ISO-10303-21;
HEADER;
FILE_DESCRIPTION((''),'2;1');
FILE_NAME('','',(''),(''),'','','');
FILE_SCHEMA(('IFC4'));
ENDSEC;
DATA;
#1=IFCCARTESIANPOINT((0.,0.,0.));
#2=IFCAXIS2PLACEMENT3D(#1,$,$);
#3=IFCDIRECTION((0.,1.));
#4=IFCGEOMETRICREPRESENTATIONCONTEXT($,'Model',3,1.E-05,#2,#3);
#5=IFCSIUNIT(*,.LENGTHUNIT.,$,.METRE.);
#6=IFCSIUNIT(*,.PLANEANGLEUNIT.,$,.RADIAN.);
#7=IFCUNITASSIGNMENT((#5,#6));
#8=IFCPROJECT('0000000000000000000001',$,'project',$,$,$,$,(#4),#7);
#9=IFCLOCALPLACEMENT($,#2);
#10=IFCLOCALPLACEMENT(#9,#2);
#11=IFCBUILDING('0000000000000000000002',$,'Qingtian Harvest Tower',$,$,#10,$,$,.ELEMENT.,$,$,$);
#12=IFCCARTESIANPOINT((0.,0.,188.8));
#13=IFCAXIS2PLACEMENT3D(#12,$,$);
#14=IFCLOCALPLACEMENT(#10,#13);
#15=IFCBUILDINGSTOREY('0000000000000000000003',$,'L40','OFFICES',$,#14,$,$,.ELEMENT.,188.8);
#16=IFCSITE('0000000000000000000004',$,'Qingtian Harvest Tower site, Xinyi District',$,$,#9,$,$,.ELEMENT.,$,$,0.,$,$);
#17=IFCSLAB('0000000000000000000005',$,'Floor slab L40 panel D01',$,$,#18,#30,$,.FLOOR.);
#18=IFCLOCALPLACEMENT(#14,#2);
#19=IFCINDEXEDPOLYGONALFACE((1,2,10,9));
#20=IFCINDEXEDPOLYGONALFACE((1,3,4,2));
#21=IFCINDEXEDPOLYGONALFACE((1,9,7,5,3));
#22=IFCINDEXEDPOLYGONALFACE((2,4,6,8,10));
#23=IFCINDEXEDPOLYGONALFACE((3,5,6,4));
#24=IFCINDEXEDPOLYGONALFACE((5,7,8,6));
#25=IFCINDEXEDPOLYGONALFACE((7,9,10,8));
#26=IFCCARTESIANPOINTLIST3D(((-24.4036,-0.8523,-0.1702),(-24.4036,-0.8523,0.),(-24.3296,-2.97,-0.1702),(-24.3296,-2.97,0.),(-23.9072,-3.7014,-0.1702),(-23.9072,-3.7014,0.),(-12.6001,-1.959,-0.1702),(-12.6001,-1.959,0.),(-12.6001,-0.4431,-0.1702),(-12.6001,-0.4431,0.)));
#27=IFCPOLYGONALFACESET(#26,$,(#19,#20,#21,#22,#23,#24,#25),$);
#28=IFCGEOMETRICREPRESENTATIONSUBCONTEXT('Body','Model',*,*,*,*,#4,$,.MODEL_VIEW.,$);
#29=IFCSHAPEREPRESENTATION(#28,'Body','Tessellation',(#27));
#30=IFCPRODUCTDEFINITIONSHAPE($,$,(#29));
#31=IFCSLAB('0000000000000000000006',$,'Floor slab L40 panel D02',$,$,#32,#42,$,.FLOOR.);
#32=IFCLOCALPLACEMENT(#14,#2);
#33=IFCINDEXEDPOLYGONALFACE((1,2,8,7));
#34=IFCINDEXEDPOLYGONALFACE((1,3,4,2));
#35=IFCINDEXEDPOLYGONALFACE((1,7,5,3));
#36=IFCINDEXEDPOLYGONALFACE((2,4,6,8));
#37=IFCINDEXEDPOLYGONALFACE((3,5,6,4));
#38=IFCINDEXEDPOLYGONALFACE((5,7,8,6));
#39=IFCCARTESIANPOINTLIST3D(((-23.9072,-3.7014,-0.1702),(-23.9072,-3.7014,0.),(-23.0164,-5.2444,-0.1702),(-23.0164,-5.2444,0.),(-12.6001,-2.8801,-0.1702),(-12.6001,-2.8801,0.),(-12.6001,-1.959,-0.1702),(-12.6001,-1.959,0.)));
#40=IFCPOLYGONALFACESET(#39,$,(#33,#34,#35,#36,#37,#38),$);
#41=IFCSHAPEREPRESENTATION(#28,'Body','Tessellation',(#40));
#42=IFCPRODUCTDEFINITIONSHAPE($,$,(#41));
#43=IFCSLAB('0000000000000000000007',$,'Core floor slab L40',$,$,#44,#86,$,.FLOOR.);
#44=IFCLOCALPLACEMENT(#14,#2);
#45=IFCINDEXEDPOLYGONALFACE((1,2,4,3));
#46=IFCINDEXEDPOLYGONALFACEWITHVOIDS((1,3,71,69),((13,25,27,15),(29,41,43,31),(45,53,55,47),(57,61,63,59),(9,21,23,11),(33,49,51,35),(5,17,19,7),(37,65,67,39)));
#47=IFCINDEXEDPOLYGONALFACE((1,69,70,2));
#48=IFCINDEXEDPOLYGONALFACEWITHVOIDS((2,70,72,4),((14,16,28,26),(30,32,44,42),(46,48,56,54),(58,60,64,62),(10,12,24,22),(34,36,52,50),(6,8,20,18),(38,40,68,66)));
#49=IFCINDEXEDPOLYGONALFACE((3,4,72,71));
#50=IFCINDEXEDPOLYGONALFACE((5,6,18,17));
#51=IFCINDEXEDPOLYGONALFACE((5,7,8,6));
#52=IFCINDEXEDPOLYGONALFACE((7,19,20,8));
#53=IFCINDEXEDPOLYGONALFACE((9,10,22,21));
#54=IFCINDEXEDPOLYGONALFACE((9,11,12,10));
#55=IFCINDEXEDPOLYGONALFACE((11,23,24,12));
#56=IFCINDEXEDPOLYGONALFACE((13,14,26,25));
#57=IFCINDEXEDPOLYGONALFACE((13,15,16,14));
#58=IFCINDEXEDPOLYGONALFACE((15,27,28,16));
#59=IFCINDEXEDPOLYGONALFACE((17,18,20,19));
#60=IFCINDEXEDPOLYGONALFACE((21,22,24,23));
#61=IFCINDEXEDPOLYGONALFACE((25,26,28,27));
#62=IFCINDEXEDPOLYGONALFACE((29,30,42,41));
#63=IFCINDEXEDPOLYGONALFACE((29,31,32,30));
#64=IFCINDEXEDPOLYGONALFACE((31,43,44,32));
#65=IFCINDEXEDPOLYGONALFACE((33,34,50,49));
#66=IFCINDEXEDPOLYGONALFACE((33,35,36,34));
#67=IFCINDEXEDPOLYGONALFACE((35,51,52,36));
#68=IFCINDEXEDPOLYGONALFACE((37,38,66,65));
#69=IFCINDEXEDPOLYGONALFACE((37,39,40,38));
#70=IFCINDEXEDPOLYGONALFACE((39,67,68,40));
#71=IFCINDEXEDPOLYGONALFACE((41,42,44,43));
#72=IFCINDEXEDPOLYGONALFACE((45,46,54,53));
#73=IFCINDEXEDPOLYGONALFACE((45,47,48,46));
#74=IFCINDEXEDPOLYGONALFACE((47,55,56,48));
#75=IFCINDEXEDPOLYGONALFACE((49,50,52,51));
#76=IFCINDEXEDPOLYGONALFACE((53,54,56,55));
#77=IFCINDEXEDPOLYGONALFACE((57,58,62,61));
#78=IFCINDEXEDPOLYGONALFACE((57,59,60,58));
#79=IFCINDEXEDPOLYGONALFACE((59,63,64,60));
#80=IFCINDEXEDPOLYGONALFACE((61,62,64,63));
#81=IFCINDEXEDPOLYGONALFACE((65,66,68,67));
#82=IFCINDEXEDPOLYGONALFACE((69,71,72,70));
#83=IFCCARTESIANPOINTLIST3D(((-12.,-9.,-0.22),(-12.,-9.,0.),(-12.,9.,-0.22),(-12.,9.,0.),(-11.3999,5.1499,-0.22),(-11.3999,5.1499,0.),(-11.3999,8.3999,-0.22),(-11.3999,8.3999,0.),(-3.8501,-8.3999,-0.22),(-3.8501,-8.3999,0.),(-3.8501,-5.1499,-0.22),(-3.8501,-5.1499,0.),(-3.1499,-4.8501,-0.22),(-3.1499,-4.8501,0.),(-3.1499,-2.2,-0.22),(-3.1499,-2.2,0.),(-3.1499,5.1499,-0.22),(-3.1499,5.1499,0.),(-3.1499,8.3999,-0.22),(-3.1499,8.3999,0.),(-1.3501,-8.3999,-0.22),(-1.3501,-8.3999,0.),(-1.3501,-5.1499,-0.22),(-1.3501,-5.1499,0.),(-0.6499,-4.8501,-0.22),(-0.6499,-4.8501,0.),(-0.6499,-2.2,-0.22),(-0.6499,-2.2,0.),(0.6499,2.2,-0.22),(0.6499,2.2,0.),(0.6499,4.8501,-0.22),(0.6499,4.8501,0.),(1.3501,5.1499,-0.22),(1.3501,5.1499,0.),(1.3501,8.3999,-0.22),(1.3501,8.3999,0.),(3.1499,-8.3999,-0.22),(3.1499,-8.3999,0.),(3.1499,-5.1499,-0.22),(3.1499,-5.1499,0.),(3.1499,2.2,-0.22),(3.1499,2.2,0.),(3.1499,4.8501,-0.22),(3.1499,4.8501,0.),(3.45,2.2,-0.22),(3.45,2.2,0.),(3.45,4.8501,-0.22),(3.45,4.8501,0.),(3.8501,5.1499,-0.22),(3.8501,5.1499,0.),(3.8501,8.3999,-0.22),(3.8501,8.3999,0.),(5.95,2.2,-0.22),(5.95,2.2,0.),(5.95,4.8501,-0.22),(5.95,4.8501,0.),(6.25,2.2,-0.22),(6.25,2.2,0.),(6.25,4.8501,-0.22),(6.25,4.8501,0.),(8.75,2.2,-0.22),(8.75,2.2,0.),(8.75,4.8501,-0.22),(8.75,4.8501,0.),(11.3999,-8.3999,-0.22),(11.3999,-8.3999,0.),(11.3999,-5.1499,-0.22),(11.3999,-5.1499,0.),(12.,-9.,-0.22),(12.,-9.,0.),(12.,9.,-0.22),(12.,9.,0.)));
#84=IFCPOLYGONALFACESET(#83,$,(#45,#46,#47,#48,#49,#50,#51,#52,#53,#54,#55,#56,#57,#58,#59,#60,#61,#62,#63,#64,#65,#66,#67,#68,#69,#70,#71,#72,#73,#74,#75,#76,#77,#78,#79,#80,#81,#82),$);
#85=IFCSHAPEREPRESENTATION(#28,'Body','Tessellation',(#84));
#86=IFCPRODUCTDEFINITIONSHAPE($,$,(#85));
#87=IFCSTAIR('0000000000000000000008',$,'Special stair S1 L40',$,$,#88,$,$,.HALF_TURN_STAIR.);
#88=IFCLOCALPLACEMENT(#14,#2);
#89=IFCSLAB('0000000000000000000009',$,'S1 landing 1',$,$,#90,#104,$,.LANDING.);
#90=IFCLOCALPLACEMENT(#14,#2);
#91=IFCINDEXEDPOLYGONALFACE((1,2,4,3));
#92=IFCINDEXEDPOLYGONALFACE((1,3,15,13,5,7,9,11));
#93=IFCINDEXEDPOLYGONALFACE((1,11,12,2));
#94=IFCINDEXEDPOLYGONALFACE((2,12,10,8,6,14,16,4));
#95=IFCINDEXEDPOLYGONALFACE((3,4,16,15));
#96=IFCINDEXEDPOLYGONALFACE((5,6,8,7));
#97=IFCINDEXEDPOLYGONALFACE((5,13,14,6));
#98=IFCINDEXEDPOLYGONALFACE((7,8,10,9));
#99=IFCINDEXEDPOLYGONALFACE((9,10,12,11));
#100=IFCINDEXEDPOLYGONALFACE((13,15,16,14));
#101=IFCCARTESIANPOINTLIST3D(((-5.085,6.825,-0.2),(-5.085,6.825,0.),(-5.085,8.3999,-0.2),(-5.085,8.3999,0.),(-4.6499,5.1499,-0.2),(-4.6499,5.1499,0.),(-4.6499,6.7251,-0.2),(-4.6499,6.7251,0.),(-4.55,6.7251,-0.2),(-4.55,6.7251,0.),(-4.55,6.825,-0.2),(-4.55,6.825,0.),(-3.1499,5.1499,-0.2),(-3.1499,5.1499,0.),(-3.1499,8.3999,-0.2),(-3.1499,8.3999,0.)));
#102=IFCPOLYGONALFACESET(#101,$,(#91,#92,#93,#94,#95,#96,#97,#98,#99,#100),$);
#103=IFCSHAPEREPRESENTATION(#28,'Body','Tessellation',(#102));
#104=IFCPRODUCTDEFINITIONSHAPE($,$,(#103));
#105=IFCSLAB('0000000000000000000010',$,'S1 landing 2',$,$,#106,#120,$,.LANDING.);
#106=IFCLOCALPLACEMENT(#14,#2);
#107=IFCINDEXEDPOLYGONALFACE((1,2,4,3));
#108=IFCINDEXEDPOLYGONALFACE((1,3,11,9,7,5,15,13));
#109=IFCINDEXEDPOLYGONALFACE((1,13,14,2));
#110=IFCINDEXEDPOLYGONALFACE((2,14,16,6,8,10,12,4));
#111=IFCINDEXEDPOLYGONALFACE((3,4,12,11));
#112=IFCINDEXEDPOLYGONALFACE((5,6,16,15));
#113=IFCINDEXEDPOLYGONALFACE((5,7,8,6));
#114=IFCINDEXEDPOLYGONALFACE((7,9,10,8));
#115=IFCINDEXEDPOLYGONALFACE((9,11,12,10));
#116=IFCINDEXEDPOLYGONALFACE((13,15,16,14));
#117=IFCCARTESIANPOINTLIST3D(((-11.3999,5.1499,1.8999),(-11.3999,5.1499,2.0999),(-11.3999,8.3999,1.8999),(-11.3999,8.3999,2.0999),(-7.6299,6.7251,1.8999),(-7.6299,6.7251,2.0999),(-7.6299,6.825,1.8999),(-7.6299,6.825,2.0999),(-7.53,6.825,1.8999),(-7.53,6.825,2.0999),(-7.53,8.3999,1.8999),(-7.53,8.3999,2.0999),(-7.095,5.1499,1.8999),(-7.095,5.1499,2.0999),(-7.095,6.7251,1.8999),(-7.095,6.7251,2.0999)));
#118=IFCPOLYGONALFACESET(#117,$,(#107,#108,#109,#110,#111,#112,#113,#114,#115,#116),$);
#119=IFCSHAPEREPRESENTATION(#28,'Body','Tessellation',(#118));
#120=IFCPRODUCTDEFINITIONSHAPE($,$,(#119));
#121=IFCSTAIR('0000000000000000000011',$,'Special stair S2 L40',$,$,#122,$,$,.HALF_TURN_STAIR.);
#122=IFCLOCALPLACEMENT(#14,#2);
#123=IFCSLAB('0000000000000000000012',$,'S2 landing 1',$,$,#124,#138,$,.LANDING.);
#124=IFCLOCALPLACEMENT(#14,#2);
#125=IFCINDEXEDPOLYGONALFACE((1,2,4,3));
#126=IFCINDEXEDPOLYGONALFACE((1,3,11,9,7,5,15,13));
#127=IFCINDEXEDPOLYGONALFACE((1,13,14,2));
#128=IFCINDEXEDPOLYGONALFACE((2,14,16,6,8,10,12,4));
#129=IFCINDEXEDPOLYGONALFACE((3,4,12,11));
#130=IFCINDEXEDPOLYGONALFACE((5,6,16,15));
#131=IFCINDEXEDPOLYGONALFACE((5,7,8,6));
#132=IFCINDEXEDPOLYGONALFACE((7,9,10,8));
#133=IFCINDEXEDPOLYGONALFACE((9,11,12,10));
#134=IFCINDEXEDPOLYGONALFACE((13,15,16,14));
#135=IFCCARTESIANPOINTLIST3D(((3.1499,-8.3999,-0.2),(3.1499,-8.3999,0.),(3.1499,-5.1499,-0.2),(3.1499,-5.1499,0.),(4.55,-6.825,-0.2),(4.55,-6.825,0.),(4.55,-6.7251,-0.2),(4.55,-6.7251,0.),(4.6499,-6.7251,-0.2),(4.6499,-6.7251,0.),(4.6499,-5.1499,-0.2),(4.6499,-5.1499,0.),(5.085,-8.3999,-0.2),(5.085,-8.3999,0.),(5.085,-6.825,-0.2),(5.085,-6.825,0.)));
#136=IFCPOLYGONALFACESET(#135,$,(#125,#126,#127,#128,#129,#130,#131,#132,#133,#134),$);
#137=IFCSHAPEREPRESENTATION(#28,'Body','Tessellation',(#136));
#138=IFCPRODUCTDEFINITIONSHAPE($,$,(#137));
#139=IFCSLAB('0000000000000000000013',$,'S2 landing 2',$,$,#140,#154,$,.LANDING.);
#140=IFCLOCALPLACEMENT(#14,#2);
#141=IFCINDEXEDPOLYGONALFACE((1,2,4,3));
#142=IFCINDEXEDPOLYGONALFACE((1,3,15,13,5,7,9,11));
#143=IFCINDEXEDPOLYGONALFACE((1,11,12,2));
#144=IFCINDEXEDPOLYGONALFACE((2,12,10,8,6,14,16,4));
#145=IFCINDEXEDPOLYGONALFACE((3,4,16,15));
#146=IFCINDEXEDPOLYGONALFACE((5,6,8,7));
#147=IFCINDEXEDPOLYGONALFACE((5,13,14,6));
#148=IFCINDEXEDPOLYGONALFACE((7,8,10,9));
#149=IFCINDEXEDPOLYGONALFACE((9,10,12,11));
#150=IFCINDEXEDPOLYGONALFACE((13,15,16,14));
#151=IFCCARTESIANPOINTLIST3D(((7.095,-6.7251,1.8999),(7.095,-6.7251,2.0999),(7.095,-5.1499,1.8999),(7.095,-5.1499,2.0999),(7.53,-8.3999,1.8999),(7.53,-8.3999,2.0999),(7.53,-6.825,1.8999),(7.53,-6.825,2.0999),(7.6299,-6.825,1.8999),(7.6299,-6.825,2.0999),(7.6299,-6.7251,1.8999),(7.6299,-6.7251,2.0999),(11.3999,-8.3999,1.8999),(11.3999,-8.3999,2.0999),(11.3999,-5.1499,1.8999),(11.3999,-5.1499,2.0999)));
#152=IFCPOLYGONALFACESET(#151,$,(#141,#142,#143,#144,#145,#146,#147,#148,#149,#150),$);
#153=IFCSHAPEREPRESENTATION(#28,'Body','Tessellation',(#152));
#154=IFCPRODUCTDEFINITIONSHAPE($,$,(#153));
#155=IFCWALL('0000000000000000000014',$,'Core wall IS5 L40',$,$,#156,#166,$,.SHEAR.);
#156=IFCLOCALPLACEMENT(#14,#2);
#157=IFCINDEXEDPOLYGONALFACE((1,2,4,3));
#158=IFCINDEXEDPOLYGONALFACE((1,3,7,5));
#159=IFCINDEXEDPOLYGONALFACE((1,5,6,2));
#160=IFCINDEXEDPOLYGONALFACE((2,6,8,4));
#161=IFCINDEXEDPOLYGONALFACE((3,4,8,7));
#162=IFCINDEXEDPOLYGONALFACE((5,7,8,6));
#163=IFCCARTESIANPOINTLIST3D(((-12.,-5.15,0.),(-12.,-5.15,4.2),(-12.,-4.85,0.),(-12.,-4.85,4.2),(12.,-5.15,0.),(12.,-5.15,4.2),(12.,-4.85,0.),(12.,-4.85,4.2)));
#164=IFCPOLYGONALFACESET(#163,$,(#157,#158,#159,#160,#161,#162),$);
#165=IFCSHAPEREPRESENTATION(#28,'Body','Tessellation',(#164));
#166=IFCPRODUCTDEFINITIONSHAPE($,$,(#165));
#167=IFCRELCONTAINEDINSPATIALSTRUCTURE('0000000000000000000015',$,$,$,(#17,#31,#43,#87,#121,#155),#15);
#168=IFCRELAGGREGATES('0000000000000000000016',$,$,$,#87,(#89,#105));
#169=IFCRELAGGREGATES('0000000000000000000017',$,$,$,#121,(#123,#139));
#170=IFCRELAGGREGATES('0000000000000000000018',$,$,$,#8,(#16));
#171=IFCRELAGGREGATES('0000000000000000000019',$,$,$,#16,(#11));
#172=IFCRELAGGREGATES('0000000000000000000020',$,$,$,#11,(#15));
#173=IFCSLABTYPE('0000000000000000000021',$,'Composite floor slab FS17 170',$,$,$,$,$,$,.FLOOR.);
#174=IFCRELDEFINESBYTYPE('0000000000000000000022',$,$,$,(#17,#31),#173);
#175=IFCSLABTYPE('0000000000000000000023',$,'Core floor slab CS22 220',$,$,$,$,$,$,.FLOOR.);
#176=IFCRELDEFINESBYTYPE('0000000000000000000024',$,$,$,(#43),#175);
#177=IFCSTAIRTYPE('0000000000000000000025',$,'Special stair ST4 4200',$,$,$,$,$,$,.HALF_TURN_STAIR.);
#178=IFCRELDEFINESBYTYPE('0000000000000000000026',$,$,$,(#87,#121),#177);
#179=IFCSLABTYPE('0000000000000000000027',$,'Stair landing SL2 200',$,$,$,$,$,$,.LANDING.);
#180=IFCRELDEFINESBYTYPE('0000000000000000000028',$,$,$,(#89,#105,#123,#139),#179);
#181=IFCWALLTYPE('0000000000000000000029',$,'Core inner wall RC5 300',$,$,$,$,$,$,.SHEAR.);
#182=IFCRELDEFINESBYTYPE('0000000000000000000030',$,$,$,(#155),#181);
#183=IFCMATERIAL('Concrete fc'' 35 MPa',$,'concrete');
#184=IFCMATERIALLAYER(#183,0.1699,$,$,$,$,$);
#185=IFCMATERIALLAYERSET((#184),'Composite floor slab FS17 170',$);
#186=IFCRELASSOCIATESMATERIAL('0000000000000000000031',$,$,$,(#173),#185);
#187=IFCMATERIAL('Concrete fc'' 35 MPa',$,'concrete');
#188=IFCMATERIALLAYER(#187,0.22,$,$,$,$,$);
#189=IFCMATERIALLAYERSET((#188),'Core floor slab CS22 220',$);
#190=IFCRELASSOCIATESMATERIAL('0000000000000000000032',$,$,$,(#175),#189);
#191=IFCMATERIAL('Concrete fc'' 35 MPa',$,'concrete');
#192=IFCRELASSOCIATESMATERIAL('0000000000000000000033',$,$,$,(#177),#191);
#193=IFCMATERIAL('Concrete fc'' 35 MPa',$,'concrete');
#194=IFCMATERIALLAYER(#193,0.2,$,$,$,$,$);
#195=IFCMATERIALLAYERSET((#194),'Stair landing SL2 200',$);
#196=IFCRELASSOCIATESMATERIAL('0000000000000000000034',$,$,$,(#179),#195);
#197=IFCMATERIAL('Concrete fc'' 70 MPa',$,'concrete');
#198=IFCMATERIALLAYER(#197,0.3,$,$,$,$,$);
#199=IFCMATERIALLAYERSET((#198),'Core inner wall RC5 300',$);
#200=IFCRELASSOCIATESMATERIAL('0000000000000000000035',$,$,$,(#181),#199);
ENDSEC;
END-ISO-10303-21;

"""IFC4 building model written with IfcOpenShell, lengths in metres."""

from ifc_helpers import new_model, si_unit, direction, frame, frame_2d, origin, place, context, subcontext, project, spatial, polyline, rectangle, outline, extrude, material, layer, layer_set, type_object, element, aggregate, save


model = new_model("IFC4")

# Units and contexts
model_context = context("Model", 3, precision=1e-05, world=origin(), true_north=direction((0.0, 1.0)))
body_context = subcontext(model_context, "Body", "Model", "MODEL_VIEW")
ifc_project = project(units=[si_unit("LENGTHUNIT", "METRE"), si_unit("PLANEANGLEUNIT", "RADIAN")], contexts=[model_context])

# Site, building, storey
site_placement = place(None, origin())
site = spatial("IfcSite", under=ifc_project, at=site_placement, Name="Qingtian Harvest Tower site, Xinyi District", CompositionType="ELEMENT", RefElevation=0.0)
building_placement = place(site_placement, origin())
building = spatial("IfcBuilding", under=site, at=building_placement, Name="Qingtian Harvest Tower", CompositionType="ELEMENT")
storey_placement = place(building_placement, frame((0.0, 0.0, 188.8)))
storey = spatial("IfcBuildingStorey", under=building, at=storey_placement, Name="L40", Description="OFFICES", CompositionType="ELEMENT", Elevation=188.8)

# Slabs
ifc_material_1 = material(Name="Concrete fc' 35 MPa", Category="concrete")
ifc_layer_1 = layer(ifc_material_1, 0.1699)
ifc_layer_set_1 = layer_set([ifc_layer_1], Name="Composite floor slab FS17 170")
slab_type_1 = type_object("IfcSlabType", Name="Composite floor slab FS17 170", PredefinedType="FLOOR", material=ifc_layer_set_1)
slab_1_placement = place(storey_placement, frame((0.0, 0.0, -0.1702)))
element("IfcSlab", 1, at=slab_1_placement, inside=storey, type_object=slab_type_1, Name="Floor slab L40 panel D01", PredefinedType="FLOOR", context=body_context, shape_type="SweptSolid", body=[
    extrude(outline(polyline([(-24.4036, -0.8523), (-12.6001, -0.4431), (-12.6001, -1.959), (-23.9072, -3.7014), (-24.3296, -2.97), (-24.4036, -0.8523)])), origin(), (0.0, 0.0, 1.0), 0.1702),
])
slab_2_placement = place(storey_placement, frame((0.0, 0.0, -0.1702)))
element("IfcSlab", 2, at=slab_2_placement, inside=storey, type_object=slab_type_1, Name="Floor slab L40 panel D02", PredefinedType="FLOOR", context=body_context, shape_type="SweptSolid", body=[
    extrude(outline(polyline([(-12.6001, -2.8801), (-23.0164, -5.2444), (-23.9072, -3.7014), (-12.6001, -1.959), (-12.6001, -2.8801)])), origin(), (0.0, 0.0, 1.0), 0.1702),
])
ifc_material_2 = material(Name="Concrete fc' 35 MPa", Category="concrete")
ifc_layer_2 = layer(ifc_material_2, 0.22)
ifc_layer_set_2 = layer_set([ifc_layer_2], Name="Core floor slab CS22 220")
slab_type_2 = type_object("IfcSlabType", Name="Core floor slab CS22 220", PredefinedType="FLOOR", material=ifc_layer_set_2)
slab_3_placement = place(storey_placement, frame((0.0, 0.0, -0.22)))
element("IfcSlab", 3, at=slab_3_placement, inside=storey, type_object=slab_type_2, Name="Core floor slab L40", PredefinedType="FLOOR", context=body_context, shape_type="SweptSolid", body=[
    extrude(outline(polyline([(-12.0, -9.0), (12.0, -9.0), (12.0, 9.0), (-12.0, 9.0), (-12.0, -9.0)]), holes=[polyline([(-11.3999, 5.1499), (-3.1499, 5.1499), (-3.1499, 8.3999), (-11.3999, 8.3999), (-11.3999, 5.1499)]), polyline([(3.1499, -8.3999), (11.3999, -8.3999), (11.3999, -5.1499), (3.1499, -5.1499), (3.1499, -8.3999)]), polyline([(1.3501, 5.1499), (3.8501, 5.1499), (3.8501, 8.3999), (1.3501, 8.3999), (1.3501, 5.1499)]), polyline([(-3.8501, -8.3999), (-1.3501, -8.3999), (-1.3501, -5.1499), (-3.8501, -5.1499), (-3.8501, -8.3999)]), polyline([(0.6499, 2.2), (3.1499, 2.2), (3.1499, 4.8501), (0.6499, 4.8501), (0.6499, 2.2)]), polyline([(3.45, 2.2), (5.95, 2.2), (5.95, 4.8501), (3.45, 4.8501), (3.45, 2.2)]), polyline([(6.25, 2.2), (8.75, 2.2), (8.75, 4.8501), (6.25, 4.8501), (6.25, 2.2)]), polyline([(-3.1499, -4.8501), (-0.6499, -4.8501), (-0.6499, -2.2), (-3.1499, -2.2), (-3.1499, -4.8501)])]), origin(), (0.0, 0.0, 1.0), 0.22),
])

# Stairs, slabs
ifc_material_3 = material(Name="Concrete fc' 35 MPa", Category="concrete")
stair_type = type_object("IfcStairType", Name="Special stair ST4 4200", PredefinedType="HALF_TURN_STAIR", material=ifc_material_3)
stair_1_placement = place(storey_placement, origin())
stair_1 = element("IfcStair", 4, at=stair_1_placement, inside=storey, type_object=stair_type, Name="Special stair S1 L40", PredefinedType="HALF_TURN_STAIR")
ifc_material_4 = material(Name="Concrete fc' 35 MPa", Category="concrete")
ifc_layer_3 = layer(ifc_material_4, 0.2)
ifc_layer_set_3 = layer_set([ifc_layer_3], Name="Stair landing SL2 200")
slab_type_3 = type_object("IfcSlabType", Name="Stair landing SL2 200", PredefinedType="LANDING", material=ifc_layer_set_3)
slab_4_placement = place(storey_placement, frame((0.0, 0.0, -0.2)))
slab_4 = element("IfcSlab", 5, at=slab_4_placement, type_object=slab_type_3, Name="S1 landing 1", PredefinedType="LANDING", context=body_context, shape_type="SweptSolid", body=[
    extrude(outline(polyline([(-4.6499, 5.1499), (-4.6499, 6.7251), (-4.55, 6.7251), (-4.55, 6.825), (-5.085, 6.825), (-5.085, 8.3999), (-3.1499, 8.3999), (-3.1499, 5.1499), (-4.6499, 5.1499)])), origin(), (0.0, 0.0, 1.0), 0.2),
])
slab_5_placement = place(storey_placement, frame((0.0, 0.0, 1.8999)))
slab_5 = element("IfcSlab", 6, at=slab_5_placement, type_object=slab_type_3, Name="S1 landing 2", PredefinedType="LANDING", context=body_context, shape_type="SweptSolid", body=[
    extrude(outline(polyline([(-7.095, 5.1499), (-11.3999, 5.1499), (-11.3999, 8.3999), (-7.53, 8.3999), (-7.53, 6.825), (-7.6299, 6.825), (-7.6299, 6.7251), (-7.095, 6.7251), (-7.095, 5.1499)])), origin(), (0.0, 0.0, 1.0), 0.2),
])
aggregate(stair_1, [slab_4, slab_5])
stair_2_placement = place(storey_placement, origin())
stair_2 = element("IfcStair", 7, at=stair_2_placement, inside=storey, type_object=stair_type, Name="Special stair S2 L40", PredefinedType="HALF_TURN_STAIR")
slab_6_placement = place(storey_placement, frame((0.0, 0.0, -0.2)))
slab_6 = element("IfcSlab", 8, at=slab_6_placement, type_object=slab_type_3, Name="S2 landing 1", PredefinedType="LANDING", context=body_context, shape_type="SweptSolid", body=[
    extrude(outline(polyline([(5.085, -8.3999), (3.1499, -8.3999), (3.1499, -5.1499), (4.6499, -5.1499), (4.6499, -6.7251), (4.55, -6.7251), (4.55, -6.825), (5.085, -6.825), (5.085, -8.3999)])), origin(), (0.0, 0.0, 1.0), 0.2),
])
slab_7_placement = place(storey_placement, frame((0.0, 0.0, 1.8999)))
slab_7 = element("IfcSlab", 9, at=slab_7_placement, type_object=slab_type_3, Name="S2 landing 2", PredefinedType="LANDING", context=body_context, shape_type="SweptSolid", body=[
    extrude(outline(polyline([(7.53, -8.3999), (7.53, -6.825), (7.6299, -6.825), (7.6299, -6.7251), (7.095, -6.7251), (7.095, -5.1499), (11.3999, -5.1499), (11.3999, -8.3999), (7.53, -8.3999)])), origin(), (0.0, 0.0, 1.0), 0.2),
])
aggregate(stair_2, [slab_6, slab_7])

# Wall
ifc_material_5 = material(Name="Concrete fc' 70 MPa", Category="concrete")
ifc_layer_4 = layer(ifc_material_5, 0.3)
ifc_layer_set_4 = layer_set([ifc_layer_4], Name="Core inner wall RC5 300")
wall_type_1 = type_object("IfcWallType", Name="Core inner wall RC5 300", PredefinedType="SHEAR", material=ifc_layer_set_4)
wall_1_placement = place(storey_placement, frame((-12.0, -5.0, 0.0), z_axis=(0.0, 0.0, 1.0), x_axis=(1.0, 0.0, 0.0)))
element("IfcWall", 10, at=wall_1_placement, inside=storey, type_object=wall_type_1, Name="Core wall IS5 L40", PredefinedType="SHEAR", context=body_context, shape_type="SweptSolid", body=[
    extrude(rectangle(XDim=24.0, YDim=0.3, at=frame_2d((12.0, 0.0))), origin(), (0.0, 0.0, 1.0), 4.2),
])

save(model, "model.ifc")
